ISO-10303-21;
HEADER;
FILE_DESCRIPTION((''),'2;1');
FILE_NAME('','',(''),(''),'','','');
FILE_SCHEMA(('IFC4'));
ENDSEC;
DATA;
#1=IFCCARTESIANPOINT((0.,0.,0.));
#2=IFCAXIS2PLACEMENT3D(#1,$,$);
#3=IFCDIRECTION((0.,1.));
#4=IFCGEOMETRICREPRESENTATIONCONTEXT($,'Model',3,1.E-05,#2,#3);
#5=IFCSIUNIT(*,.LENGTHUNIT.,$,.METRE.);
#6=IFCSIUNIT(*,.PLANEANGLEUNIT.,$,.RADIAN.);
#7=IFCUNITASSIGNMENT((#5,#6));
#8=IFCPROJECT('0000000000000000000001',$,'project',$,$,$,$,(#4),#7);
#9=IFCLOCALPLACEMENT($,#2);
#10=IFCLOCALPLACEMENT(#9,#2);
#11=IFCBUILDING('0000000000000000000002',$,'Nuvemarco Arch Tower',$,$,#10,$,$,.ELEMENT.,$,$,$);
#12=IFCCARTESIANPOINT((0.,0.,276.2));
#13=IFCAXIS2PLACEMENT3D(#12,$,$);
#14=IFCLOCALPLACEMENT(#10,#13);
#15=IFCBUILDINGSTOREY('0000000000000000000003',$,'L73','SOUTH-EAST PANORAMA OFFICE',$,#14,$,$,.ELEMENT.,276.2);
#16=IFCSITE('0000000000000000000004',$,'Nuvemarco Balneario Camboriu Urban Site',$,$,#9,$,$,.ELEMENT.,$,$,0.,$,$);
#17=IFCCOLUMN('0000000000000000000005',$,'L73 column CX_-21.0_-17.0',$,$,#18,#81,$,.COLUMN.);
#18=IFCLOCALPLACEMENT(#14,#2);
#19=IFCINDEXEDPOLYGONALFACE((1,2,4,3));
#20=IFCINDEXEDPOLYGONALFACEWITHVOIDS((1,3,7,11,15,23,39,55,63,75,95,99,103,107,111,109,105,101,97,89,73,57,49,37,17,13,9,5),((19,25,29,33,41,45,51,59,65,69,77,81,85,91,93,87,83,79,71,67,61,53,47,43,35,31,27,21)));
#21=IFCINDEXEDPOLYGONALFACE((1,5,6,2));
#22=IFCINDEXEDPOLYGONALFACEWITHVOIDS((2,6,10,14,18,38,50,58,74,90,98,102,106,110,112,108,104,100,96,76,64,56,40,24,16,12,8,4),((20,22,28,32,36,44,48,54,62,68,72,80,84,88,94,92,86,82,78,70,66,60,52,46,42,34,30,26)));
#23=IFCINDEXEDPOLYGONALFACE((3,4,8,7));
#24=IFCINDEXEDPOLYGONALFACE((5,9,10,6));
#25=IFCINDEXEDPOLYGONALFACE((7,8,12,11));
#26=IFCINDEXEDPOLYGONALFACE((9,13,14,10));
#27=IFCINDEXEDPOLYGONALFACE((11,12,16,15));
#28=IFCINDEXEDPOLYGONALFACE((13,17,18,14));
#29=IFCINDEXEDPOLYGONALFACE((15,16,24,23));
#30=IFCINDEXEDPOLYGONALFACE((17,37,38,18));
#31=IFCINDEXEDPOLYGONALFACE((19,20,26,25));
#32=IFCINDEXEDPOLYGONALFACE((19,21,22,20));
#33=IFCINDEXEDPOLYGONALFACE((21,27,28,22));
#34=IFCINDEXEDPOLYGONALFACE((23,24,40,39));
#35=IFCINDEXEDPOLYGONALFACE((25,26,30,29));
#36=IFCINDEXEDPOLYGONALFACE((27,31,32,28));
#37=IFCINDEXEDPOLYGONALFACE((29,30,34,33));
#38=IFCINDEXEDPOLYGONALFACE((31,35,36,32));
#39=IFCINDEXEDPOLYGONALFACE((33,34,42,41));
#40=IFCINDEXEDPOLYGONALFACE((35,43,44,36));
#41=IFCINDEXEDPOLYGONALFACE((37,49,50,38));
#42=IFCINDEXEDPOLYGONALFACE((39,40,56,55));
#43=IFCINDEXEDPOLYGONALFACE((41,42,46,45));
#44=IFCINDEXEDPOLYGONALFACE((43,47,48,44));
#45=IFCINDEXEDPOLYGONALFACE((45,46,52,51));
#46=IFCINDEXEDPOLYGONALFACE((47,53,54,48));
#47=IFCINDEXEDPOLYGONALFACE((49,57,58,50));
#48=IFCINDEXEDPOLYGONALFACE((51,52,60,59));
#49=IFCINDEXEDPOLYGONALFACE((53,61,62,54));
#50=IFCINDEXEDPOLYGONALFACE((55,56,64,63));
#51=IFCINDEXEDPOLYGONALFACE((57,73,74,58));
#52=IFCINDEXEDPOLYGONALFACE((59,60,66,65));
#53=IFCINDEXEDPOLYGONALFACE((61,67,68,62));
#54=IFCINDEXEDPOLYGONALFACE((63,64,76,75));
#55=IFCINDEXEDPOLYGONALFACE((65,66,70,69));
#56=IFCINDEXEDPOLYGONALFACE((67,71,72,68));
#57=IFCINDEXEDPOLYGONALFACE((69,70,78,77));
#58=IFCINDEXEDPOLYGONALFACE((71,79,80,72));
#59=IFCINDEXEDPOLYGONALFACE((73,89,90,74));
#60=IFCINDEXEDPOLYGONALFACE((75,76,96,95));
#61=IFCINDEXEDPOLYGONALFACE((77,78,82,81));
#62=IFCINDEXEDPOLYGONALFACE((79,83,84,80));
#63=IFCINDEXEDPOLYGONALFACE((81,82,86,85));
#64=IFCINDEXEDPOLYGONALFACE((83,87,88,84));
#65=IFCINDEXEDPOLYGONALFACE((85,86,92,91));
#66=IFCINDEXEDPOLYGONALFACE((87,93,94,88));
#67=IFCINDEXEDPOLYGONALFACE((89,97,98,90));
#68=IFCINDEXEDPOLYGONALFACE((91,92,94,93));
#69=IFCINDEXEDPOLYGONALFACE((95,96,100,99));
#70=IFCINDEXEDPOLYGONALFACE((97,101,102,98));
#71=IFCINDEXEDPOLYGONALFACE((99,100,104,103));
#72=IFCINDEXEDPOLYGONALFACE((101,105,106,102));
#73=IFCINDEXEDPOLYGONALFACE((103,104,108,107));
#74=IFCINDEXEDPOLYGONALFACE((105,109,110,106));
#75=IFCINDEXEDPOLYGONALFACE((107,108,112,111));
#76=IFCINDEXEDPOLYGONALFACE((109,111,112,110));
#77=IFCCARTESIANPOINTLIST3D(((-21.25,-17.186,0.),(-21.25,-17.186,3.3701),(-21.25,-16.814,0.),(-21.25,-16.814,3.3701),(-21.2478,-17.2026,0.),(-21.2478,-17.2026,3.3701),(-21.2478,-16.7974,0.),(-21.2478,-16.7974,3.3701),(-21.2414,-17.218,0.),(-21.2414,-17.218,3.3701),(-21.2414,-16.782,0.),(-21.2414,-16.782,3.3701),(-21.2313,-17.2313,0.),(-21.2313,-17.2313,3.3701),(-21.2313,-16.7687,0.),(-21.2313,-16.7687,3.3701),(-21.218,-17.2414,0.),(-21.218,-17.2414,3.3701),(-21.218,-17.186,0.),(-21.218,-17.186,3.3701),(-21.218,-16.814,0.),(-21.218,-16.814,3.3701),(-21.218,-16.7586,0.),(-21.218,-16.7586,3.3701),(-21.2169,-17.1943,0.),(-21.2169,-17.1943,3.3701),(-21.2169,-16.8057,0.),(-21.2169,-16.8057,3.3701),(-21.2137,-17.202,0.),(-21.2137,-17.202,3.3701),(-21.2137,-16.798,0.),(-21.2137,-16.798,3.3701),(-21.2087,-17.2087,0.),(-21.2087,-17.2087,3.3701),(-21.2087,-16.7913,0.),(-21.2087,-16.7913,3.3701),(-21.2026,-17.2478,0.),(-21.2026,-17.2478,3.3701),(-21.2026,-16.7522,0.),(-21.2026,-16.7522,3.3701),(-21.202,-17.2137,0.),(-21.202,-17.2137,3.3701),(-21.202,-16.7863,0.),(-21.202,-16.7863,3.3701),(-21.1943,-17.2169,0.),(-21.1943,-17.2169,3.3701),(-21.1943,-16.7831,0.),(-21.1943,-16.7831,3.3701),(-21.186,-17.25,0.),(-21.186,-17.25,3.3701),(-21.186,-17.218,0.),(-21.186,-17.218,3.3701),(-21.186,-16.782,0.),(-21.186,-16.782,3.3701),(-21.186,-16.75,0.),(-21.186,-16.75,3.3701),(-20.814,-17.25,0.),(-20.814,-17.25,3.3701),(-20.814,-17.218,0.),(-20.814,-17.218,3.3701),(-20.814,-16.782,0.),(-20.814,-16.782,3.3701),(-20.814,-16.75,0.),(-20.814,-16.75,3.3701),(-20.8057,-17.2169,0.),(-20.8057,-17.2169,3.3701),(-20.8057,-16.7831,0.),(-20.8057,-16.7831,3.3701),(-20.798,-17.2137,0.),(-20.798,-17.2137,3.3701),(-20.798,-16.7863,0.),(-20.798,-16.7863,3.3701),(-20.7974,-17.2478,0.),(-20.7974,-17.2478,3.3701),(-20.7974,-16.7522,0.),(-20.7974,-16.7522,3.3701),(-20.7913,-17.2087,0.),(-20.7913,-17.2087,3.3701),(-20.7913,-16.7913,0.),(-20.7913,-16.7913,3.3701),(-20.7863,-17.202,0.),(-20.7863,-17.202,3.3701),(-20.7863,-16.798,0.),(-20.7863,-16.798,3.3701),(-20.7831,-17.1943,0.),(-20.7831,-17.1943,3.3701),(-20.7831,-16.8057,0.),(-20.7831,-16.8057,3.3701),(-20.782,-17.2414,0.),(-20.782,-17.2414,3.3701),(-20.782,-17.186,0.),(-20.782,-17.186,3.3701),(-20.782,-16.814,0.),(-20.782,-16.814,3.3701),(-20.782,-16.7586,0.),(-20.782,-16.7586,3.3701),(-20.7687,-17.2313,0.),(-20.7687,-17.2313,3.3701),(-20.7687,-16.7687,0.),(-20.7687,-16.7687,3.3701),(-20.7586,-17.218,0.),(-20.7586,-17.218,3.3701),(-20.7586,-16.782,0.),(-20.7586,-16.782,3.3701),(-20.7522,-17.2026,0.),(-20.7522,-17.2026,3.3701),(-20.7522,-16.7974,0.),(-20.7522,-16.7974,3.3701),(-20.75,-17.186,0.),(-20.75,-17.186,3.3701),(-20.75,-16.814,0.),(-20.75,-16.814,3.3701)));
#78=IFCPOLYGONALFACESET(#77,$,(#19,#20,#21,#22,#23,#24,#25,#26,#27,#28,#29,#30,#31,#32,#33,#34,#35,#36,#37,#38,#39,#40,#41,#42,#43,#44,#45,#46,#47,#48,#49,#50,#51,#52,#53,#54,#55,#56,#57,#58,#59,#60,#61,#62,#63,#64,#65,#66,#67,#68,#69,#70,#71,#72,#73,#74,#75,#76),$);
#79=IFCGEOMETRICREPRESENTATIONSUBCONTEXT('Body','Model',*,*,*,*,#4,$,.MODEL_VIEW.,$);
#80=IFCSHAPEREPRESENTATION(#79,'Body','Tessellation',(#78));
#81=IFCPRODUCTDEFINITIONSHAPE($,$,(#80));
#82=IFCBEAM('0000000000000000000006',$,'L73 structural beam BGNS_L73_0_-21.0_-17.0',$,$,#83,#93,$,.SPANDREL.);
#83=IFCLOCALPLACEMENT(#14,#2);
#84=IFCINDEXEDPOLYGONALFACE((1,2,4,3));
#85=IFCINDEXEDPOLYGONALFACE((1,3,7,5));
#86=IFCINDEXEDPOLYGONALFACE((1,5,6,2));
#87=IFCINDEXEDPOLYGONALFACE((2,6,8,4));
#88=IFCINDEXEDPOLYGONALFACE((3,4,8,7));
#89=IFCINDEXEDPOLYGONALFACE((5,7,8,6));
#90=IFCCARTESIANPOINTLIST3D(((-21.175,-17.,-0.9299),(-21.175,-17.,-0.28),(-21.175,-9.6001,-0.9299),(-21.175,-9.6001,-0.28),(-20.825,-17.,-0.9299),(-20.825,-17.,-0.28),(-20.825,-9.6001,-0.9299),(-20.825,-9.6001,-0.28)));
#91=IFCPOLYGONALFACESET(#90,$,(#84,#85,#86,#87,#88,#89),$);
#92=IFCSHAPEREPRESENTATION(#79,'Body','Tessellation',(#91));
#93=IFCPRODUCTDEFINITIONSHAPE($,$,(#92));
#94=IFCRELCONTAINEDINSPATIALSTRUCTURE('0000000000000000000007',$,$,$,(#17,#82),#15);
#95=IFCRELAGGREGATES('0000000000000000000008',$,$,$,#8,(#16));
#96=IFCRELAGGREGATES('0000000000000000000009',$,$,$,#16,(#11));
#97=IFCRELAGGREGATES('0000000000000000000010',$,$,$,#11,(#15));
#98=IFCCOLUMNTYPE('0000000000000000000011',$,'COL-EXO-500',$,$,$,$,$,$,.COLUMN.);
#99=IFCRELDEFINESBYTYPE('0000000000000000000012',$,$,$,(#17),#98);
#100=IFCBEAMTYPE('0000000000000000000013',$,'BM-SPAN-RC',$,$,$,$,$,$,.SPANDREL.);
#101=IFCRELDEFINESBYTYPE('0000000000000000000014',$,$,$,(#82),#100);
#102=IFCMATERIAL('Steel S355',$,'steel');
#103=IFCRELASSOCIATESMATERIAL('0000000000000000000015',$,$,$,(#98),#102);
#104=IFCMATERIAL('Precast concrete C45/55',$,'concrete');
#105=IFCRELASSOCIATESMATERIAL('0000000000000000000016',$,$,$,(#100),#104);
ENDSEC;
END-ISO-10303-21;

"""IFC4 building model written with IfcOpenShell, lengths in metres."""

from ifc_helpers import new_model, si_unit, direction, frame, origin, origin_2d, place, context, subcontext, project, spatial, rectangle, hollow_rectangle, extrude, material, material_profile, profile_set, type_object, element, save


model = new_model("IFC4")

# Units and contexts
model_context = context("Model", 3, precision=1e-05, world=origin(), true_north=direction((0.0, 1.0)))
body_context = subcontext(model_context, "Body", "Model", "MODEL_VIEW")
ifc_project = project(units=[si_unit("LENGTHUNIT", "METRE"), si_unit("PLANEANGLEUNIT", "RADIAN")], contexts=[model_context])

# Site, building, storey
site_placement = place(None, origin())
site = spatial("IfcSite", under=ifc_project, at=site_placement, Name="Nuvemarco Balneario Camboriu Urban Site", CompositionType="ELEMENT", RefElevation=0.0)
building_placement = place(site_placement, origin())
building = spatial("IfcBuilding", under=site, at=building_placement, Name="Nuvemarco Arch Tower", CompositionType="ELEMENT")
storey_placement = place(building_placement, frame((0.0, 0.0, 276.2)))
storey = spatial("IfcBuildingStorey", under=building, at=storey_placement, Name="L73", Description="SOUTH-EAST PANORAMA OFFICE", CompositionType="ELEMENT", Elevation=276.2)

# Column
ifc_material_1 = material(Name="Steel S355", Category="steel")
ifc_material_profile_1 = material_profile(ifc_material_1, hollow_rectangle(XDim=0.5, YDim=0.5, WallThickness=0.032, InnerFilletRadius=0.032, OuterFilletRadius=0.064, at=origin_2d()), Name="SHS500x500x32")
ifc_profile_set_1 = profile_set([ifc_material_profile_1], Name="Steel S355")
column_type = type_object("IfcColumnType", Name="COL-EXO-500", PredefinedType="COLUMN", material=ifc_profile_set_1)
column_placement = place(storey_placement, frame((-21.0, -17.0, 0.0), z_axis=(0.0, 0.0, 1.0), x_axis=(1.0, 0.0, 0.0)))
element("IfcColumn", 1, at=column_placement, inside=storey, type_object=column_type, Name="L73 column CX_-21.0_-17.0", PredefinedType="COLUMN", context=body_context, shape_type="SweptSolid", body=[
    extrude(hollow_rectangle(XDim=0.5, YDim=0.5, WallThickness=0.032, InnerFilletRadius=0.032, OuterFilletRadius=0.064, at=origin_2d()), origin(), (0.0, 0.0, 1.0), 3.3701),
])

# Beam
ifc_material_2 = material(Name="Precast concrete C45/55", Category="concrete")
ifc_material_profile_2 = material_profile(ifc_material_2, rectangle(XDim=0.3501, YDim=0.6499, at=origin_2d()), Name="PC-SP-350x650")
ifc_profile_set_2 = profile_set([ifc_material_profile_2], Name="Precast concrete C45/55")
beam_type = type_object("IfcBeamType", Name="BM-SPAN-RC", PredefinedType="SPANDREL", material=ifc_profile_set_2)
beam_placement = place(storey_placement, frame((-21.0, -17.0, -0.605), z_axis=(0.0, 1.0, 0.0), x_axis=(-1.0, 0.0, 0.0)))
element("IfcBeam", 2, at=beam_placement, inside=storey, type_object=beam_type, Name="L73 structural beam BGNS_L73_0_-21.0_-17.0", PredefinedType="SPANDREL", context=body_context, shape_type="SweptSolid", body=[
    extrude(rectangle(XDim=0.3501, YDim=0.6499, at=origin_2d()), origin(), (0.0, 0.0, 1.0), 7.3999),
])

save(model, "model.ifc")
